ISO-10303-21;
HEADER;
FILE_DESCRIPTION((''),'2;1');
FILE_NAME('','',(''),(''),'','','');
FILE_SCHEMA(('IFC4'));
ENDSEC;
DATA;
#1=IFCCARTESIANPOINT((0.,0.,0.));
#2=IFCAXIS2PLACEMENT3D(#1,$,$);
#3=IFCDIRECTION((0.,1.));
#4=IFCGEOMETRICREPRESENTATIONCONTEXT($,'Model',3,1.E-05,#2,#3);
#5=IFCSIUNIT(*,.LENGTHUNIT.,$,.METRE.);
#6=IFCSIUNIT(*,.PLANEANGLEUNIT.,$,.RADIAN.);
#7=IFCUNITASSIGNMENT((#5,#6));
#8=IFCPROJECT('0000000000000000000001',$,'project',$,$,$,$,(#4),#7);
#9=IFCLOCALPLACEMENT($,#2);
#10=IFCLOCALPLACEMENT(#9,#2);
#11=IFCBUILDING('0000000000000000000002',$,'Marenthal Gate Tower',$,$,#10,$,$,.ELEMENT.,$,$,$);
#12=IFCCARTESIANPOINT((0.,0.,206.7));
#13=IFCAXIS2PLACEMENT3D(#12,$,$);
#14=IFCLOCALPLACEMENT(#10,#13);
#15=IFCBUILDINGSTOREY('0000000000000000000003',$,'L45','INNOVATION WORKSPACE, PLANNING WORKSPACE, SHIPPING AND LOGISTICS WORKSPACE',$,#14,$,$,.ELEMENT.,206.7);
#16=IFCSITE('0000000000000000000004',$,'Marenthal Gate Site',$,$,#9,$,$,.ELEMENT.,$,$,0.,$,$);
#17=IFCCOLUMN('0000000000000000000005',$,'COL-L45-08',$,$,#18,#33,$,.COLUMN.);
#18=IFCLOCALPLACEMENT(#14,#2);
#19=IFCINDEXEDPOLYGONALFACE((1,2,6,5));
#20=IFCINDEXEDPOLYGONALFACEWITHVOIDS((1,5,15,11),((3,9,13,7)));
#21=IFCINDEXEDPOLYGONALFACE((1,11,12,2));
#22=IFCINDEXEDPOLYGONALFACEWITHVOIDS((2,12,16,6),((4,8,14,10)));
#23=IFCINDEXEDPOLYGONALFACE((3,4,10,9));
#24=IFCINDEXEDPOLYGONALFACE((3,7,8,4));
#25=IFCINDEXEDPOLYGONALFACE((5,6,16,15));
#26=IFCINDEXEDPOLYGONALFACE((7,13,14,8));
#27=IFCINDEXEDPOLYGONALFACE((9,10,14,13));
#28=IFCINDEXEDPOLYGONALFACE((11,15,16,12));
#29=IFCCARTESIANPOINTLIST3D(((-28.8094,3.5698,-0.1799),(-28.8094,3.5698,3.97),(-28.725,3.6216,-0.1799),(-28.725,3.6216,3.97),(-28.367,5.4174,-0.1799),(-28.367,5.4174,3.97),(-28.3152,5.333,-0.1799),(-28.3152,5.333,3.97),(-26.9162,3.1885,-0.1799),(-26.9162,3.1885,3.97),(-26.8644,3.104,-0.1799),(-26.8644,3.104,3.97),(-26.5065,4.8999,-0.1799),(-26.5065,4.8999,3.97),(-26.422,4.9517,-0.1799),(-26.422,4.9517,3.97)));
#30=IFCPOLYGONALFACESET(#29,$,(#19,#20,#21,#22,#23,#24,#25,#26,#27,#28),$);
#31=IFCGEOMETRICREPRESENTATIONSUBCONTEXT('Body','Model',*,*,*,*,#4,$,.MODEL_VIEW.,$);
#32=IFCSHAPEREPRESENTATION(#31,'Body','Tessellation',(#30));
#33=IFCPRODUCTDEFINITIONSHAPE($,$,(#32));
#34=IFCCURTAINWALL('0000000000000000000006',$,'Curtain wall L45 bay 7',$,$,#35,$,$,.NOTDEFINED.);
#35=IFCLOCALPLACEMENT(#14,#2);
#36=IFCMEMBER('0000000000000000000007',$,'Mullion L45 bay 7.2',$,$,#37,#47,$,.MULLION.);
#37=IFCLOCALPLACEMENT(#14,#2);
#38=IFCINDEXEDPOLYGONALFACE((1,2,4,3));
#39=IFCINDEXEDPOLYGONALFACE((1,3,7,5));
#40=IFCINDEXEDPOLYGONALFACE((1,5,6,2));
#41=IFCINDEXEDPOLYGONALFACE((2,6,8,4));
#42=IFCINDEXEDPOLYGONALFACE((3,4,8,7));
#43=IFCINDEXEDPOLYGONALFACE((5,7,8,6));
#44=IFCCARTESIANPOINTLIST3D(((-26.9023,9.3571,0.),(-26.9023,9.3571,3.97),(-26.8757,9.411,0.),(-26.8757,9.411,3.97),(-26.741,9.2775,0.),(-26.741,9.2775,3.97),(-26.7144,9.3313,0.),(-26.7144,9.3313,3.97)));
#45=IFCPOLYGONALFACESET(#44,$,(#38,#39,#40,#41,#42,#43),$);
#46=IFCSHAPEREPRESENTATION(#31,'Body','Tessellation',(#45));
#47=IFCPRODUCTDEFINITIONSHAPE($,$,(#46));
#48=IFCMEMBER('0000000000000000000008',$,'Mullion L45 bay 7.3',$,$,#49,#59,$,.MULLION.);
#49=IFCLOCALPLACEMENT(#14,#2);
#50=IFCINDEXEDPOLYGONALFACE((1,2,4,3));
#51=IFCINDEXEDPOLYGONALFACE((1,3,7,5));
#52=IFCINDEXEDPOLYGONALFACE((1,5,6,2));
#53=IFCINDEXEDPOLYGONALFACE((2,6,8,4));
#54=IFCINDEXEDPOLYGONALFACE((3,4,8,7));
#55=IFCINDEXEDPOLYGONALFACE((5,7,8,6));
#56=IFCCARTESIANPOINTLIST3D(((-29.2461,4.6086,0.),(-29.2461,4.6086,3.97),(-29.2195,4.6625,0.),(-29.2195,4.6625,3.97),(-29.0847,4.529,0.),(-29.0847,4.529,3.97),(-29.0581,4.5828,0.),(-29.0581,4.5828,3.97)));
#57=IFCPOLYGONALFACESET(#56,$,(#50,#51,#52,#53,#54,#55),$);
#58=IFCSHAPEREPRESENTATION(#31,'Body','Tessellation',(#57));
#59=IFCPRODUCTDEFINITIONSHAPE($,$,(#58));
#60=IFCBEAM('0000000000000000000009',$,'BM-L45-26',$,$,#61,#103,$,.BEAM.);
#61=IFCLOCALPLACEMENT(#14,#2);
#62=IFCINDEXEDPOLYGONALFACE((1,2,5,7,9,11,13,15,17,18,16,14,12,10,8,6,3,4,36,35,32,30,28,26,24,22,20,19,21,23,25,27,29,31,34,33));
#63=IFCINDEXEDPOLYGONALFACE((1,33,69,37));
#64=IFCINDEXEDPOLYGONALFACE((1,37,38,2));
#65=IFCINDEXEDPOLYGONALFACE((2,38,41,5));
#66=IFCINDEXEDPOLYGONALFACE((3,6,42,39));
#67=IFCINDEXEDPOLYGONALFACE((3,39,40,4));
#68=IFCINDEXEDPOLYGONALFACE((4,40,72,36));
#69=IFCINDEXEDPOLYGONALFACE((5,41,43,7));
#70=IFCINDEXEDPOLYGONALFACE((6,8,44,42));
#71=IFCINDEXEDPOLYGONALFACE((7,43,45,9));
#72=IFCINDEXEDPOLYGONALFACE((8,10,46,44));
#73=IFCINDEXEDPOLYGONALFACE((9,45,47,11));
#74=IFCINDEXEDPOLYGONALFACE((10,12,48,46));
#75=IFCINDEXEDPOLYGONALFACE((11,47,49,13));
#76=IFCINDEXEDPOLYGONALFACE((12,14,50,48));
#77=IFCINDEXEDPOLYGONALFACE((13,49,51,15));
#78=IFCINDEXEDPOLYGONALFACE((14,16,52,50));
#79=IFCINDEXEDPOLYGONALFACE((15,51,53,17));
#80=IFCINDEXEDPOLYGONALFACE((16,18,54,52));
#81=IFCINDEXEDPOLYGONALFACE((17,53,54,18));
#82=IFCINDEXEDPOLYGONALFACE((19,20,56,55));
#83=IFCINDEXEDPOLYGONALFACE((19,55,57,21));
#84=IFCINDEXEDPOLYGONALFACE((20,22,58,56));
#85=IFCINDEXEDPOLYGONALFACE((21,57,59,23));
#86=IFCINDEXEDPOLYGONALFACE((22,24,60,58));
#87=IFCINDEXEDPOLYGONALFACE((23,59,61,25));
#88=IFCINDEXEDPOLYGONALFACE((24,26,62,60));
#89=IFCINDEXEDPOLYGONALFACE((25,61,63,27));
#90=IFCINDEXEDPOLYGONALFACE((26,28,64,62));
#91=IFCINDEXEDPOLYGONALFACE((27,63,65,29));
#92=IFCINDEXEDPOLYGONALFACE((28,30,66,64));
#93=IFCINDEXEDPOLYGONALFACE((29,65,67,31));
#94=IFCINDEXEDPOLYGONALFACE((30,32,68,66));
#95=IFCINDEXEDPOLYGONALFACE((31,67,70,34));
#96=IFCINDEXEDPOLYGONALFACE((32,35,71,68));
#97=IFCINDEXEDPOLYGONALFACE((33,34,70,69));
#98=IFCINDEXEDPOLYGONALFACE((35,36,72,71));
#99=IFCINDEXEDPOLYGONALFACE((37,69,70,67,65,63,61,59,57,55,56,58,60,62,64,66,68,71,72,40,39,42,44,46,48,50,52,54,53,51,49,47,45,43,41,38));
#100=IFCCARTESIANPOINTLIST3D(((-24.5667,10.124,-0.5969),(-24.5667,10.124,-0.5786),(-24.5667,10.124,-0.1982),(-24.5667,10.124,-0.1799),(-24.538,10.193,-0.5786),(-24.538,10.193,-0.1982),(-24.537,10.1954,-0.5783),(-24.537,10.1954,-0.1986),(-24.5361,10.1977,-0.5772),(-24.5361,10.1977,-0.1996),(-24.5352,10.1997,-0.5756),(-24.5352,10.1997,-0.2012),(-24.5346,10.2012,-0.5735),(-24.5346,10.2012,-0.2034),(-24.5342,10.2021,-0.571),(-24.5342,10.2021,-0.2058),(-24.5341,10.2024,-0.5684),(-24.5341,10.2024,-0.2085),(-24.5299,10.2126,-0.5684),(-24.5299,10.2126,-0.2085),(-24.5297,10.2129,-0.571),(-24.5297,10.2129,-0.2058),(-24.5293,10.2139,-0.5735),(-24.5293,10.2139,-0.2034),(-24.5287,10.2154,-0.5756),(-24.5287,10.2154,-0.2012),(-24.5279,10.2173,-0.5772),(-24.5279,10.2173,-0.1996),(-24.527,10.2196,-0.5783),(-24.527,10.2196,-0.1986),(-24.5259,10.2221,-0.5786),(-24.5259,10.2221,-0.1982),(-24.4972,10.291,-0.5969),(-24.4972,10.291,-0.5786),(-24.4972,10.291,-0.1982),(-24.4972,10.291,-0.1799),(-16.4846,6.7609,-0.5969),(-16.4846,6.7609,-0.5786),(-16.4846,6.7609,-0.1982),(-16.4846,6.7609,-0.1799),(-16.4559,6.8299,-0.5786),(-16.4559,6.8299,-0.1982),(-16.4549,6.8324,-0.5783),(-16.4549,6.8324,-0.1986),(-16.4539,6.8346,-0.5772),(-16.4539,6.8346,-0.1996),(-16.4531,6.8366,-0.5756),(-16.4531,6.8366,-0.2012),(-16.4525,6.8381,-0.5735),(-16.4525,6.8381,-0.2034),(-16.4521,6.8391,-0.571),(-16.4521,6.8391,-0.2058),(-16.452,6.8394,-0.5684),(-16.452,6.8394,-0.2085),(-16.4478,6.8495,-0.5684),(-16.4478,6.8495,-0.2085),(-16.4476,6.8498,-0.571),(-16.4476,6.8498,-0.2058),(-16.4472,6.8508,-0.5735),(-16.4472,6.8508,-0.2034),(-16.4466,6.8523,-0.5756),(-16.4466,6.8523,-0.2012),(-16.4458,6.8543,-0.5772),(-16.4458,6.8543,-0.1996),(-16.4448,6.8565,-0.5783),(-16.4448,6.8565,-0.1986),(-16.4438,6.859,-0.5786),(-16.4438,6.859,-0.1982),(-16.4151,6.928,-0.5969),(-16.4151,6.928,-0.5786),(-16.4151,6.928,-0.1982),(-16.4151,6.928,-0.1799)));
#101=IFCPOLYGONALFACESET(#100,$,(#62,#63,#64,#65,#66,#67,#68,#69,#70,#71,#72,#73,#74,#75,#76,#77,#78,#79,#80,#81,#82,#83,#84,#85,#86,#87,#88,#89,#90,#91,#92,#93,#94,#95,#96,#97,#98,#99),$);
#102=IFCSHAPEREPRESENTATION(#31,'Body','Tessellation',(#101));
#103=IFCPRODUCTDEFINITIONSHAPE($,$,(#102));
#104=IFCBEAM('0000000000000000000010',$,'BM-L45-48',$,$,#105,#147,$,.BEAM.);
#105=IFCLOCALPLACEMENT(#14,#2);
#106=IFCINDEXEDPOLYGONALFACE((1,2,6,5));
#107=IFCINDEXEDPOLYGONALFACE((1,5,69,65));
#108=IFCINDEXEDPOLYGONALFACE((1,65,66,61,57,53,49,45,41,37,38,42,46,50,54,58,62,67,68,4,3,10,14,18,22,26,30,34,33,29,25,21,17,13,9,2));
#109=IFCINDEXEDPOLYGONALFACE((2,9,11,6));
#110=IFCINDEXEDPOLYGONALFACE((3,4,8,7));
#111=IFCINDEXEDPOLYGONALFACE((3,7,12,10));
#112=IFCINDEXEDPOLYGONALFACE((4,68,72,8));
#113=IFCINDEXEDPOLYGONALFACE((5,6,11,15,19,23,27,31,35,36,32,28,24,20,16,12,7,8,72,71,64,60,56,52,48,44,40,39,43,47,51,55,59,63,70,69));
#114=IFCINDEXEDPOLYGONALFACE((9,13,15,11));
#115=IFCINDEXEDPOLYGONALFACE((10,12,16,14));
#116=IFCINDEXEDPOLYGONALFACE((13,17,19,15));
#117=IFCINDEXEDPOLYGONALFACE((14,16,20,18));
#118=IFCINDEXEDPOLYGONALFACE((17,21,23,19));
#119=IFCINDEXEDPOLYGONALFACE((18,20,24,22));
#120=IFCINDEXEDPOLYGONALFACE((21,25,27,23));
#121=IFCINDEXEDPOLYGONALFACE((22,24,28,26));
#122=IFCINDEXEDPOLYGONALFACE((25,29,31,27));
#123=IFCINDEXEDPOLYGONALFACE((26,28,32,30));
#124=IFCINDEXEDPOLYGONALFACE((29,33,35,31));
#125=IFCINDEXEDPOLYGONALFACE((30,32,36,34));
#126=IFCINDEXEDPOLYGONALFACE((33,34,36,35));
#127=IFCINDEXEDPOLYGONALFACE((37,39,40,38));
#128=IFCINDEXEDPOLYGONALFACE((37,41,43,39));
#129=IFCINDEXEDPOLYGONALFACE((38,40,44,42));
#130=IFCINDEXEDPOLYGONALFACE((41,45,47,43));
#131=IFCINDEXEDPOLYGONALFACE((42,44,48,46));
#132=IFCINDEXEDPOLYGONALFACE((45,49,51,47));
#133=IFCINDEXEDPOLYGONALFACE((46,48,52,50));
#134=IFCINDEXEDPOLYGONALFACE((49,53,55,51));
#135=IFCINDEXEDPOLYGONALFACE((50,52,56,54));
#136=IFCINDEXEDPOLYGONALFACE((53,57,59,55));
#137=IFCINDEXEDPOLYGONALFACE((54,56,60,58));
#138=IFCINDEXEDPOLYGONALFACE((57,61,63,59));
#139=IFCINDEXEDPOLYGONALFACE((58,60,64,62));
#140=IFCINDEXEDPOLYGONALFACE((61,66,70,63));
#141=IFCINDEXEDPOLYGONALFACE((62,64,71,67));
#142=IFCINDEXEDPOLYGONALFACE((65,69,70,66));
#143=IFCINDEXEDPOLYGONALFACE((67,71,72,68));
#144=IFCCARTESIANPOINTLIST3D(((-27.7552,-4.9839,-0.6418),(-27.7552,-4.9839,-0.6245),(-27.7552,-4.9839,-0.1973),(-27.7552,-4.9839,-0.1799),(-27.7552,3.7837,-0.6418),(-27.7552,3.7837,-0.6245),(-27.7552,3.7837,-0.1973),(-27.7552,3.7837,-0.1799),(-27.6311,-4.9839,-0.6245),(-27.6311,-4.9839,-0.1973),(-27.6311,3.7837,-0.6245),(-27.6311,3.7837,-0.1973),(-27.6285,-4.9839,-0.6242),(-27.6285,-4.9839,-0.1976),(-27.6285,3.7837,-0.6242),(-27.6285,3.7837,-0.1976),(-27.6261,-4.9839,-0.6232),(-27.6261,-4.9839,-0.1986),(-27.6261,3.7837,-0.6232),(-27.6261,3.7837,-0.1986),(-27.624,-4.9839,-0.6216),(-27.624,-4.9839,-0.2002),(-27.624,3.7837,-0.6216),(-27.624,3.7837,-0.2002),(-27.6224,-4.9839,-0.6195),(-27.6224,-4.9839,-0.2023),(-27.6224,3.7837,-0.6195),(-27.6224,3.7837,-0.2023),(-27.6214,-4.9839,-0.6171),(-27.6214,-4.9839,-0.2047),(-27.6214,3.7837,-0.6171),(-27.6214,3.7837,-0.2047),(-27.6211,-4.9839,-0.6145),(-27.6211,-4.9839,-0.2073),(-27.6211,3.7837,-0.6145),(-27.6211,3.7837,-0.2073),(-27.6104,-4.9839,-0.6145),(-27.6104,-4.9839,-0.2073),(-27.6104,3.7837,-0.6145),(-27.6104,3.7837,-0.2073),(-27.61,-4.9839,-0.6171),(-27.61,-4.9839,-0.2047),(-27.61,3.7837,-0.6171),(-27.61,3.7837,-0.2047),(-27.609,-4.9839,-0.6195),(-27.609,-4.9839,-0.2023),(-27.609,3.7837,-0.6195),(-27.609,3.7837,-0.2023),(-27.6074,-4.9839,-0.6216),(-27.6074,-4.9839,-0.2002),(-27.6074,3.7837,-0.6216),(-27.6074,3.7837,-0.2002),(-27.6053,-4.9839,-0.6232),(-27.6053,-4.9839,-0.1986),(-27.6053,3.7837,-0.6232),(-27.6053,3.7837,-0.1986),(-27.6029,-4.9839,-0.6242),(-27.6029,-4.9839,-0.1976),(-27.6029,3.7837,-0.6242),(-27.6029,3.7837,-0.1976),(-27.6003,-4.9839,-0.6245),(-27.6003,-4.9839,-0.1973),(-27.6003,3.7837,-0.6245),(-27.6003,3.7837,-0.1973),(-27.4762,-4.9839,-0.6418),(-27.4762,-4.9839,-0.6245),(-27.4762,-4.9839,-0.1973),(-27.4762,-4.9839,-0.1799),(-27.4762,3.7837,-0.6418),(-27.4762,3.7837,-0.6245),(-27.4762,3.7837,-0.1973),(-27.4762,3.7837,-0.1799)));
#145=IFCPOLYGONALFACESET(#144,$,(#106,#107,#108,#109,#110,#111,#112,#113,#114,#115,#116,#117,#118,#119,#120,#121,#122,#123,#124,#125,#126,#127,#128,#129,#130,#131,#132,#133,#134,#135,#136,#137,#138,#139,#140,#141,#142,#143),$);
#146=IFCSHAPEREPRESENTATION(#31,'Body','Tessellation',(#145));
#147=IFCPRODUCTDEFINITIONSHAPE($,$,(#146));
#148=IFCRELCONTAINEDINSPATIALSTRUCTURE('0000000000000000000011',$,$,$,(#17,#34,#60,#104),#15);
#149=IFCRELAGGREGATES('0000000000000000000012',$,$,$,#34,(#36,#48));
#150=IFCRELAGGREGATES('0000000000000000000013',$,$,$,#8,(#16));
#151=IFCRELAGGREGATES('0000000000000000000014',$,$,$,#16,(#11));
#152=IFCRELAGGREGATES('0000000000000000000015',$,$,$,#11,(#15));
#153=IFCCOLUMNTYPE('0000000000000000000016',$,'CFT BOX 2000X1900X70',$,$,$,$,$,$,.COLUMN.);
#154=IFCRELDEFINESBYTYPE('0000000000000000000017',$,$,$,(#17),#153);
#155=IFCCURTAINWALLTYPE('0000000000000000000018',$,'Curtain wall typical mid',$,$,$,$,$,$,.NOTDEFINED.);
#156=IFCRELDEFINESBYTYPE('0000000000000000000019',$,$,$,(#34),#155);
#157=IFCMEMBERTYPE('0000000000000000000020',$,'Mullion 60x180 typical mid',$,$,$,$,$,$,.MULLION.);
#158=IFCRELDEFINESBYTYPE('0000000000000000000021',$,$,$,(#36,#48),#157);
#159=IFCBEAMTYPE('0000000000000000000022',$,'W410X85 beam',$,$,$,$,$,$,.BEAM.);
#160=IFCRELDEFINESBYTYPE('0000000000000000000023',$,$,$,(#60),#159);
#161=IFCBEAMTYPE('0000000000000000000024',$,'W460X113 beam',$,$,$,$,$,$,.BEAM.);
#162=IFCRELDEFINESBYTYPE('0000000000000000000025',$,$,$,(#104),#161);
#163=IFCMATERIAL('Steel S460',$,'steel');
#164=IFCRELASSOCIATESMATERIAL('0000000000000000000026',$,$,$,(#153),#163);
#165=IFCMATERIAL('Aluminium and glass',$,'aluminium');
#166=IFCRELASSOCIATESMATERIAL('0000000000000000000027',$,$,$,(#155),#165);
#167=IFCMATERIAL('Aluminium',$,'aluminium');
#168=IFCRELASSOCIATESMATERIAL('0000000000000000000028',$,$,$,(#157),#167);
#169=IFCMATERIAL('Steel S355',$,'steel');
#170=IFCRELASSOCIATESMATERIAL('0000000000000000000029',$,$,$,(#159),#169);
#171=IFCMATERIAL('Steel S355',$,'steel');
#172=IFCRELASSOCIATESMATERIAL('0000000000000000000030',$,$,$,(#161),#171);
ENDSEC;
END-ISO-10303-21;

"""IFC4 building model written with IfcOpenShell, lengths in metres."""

from ifc_helpers import new_model, si_unit, direction, frame, origin, origin_2d, place, context, subcontext, project, spatial, rectangle, hollow_rectangle, i_section, extrude, material, material_profile, profile_set, type_object, element, aggregate, save


model = new_model("IFC4")

# Units and contexts
model_context = context("Model", 3, precision=1e-05, world=origin(), true_north=direction((0.0, 1.0)))
body_context = subcontext(model_context, "Body", "Model", "MODEL_VIEW")
ifc_project = project(units=[si_unit("LENGTHUNIT", "METRE"), si_unit("PLANEANGLEUNIT", "RADIAN")], contexts=[model_context])

# Site, building, storey
site_placement = place(None, origin())
site = spatial("IfcSite", under=ifc_project, at=site_placement, Name="Marenthal Gate Site", CompositionType="ELEMENT", RefElevation=0.0)
building_placement = place(site_placement, origin())
building = spatial("IfcBuilding", under=site, at=building_placement, Name="Marenthal Gate Tower", CompositionType="ELEMENT")
storey_placement = place(building_placement, frame((0.0, 0.0, 206.7)))
storey = spatial("IfcBuildingStorey", under=building, at=storey_placement, Name="L45", Description="INNOVATION WORKSPACE, PLANNING WORKSPACE, SHIPPING AND LOGISTICS WORKSPACE", CompositionType="ELEMENT", Elevation=206.7)

# Column
ifc_material_1 = material(Name="Steel S460", Category="steel")
ifc_material_profile_1 = material_profile(ifc_material_1, hollow_rectangle(XDim=1.8999, YDim=2.0, WallThickness=0.0701, at=origin_2d()), Name="CFT BOX 2000X1900X70")
ifc_material_2 = material(Name="Concrete 70 MPa", Category="concrete")
ifc_material_profile_2 = material_profile(ifc_material_2, rectangle(XDim=1.76, YDim=1.8601, at=origin_2d()), Name="CFT BOX 2000X1900X70 INFILL")
ifc_profile_set_1 = profile_set([ifc_material_profile_1, ifc_material_profile_2], Name="Steel S460 shell, Concrete 70 MPa infill")
column_type = type_object("IfcColumnType", Name="CFT BOX 2000X1900X70", PredefinedType="COLUMN", material=ifc_profile_set_1)
column_placement = place(storey_placement, frame((-27.6157, 4.2607, -0.1799), z_axis=(0.0, 0.0, 1.0), x_axis=(0.232863, 0.972509, 0.0)))
element("IfcColumn", 1, at=column_placement, inside=storey, type_object=column_type, Name="COL-L45-08", PredefinedType="COLUMN", context=body_context, shape_type="SweptSolid", body=[
    extrude(hollow_rectangle(XDim=1.8999, YDim=2.0, WallThickness=0.0701, at=origin_2d()), origin(), (0.0, 0.0, 1.0), 4.1499),
])

# Curtain wall, members
ifc_material_3 = material(Name="Aluminium and glass", Category="aluminium")
curtain_wall_type = type_object("IfcCurtainWallType", Name="Curtain wall typical mid", PredefinedType="NOTDEFINED", material=ifc_material_3)
curtain_wall_placement = place(storey_placement, origin())
curtain_wall = element("IfcCurtainWall", 2, at=curtain_wall_placement, inside=storey, type_object=curtain_wall_type, Name="Curtain wall L45 bay 7", PredefinedType="NOTDEFINED")
ifc_material_4 = material(Name="Aluminium", Category="aluminium")
ifc_material_profile_3 = material_profile(ifc_material_4, rectangle(XDim=0.1799, YDim=0.0601, at=origin_2d()), Name="60x180 aluminium mullion")
ifc_profile_set_2 = profile_set([ifc_material_profile_3], Name="Aluminium")
member_type = type_object("IfcMemberType", Name="Mullion 60x180 typical mid", PredefinedType="MULLION", material=ifc_profile_set_2)
member_1_placement = place(storey_placement, frame((-26.8083, 9.3442, 0.0), z_axis=(0.0, 0.0, 1.0), x_axis=(0.896716, -0.442607, 0.0)))
member_1 = element("IfcMember", 3, at=member_1_placement, type_object=member_type, Name="Mullion L45 bay 7.2", PredefinedType="MULLION", context=body_context, shape_type="SweptSolid", body=[
    extrude(rectangle(XDim=0.1799, YDim=0.0601, at=origin_2d()), origin(), (0.0, 0.0, 1.0), 3.97),
])
member_2_placement = place(storey_placement, frame((-29.1521, 4.5957, 0.0), z_axis=(0.0, 0.0, 1.0), x_axis=(0.896716, -0.442607, 0.0)))
member_2 = element("IfcMember", 4, at=member_2_placement, type_object=member_type, Name="Mullion L45 bay 7.3", PredefinedType="MULLION", context=body_context, shape_type="SweptSolid", body=[
    extrude(rectangle(XDim=0.1799, YDim=0.0601, at=origin_2d()), origin(), (0.0, 0.0, 1.0), 3.97),
])

# Beams
ifc_material_5 = material(Name="Steel S355", Category="steel")
ifc_material_profile_4 = material_profile(ifc_material_5, i_section(OverallWidth=0.1809, OverallDepth=0.417, WebThickness=0.011, FlangeThickness=0.0183, FilletRadius=0.0103, at=origin_2d()), Name="W410X85")
ifc_profile_set_3 = profile_set([ifc_material_profile_4], Name="Steel S355")
beam_type_1 = type_object("IfcBeamType", Name="W410X85 beam", PredefinedType="BEAM", material=ifc_profile_set_3)
beam_1_placement = place(storey_placement, frame((-24.532, 10.2075, -0.3884), z_axis=(0.923258, -0.38418, 0.0), x_axis=(0.38418, 0.923258, 0.0)))
element("IfcBeam", 5, at=beam_1_placement, inside=storey, type_object=beam_type_1, Name="BM-L45-26", PredefinedType="BEAM", context=body_context, shape_type="SweptSolid", body=[
    extrude(i_section(OverallWidth=0.1809, OverallDepth=0.417, WebThickness=0.011, FlangeThickness=0.0183, FilletRadius=0.0103, at=origin_2d()), origin(), (0.0, 0.0, 1.0), 8.7539),
])
ifc_material_6 = material(Name="Steel S355", Category="steel")
ifc_material_profile_5 = material_profile(ifc_material_6, i_section(OverallWidth=0.2791, OverallDepth=0.4619, WebThickness=0.0107, FlangeThickness=0.0173, FilletRadius=0.01, at=origin_2d()), Name="W460X113")
ifc_profile_set_4 = profile_set([ifc_material_profile_5], Name="Steel S355")
beam_type_2 = type_object("IfcBeamType", Name="W460X113 beam", PredefinedType="BEAM", material=ifc_profile_set_4)
beam_2_placement = place(storey_placement, frame((-27.6157, 3.7837, -0.4109), z_axis=(0.0, -1.0, 0.0), x_axis=(1.0, 0.0, 0.0)))
element("IfcBeam", 6, at=beam_2_placement, inside=storey, type_object=beam_type_2, Name="BM-L45-48", PredefinedType="BEAM", context=body_context, shape_type="SweptSolid", body=[
    extrude(i_section(OverallWidth=0.2791, OverallDepth=0.4619, WebThickness=0.0107, FlangeThickness=0.0173, FilletRadius=0.01, at=origin_2d()), origin(), (0.0, 0.0, 1.0), 8.7676),
])

aggregate(curtain_wall, [member_1, member_2])

save(model, "model.ifc")
